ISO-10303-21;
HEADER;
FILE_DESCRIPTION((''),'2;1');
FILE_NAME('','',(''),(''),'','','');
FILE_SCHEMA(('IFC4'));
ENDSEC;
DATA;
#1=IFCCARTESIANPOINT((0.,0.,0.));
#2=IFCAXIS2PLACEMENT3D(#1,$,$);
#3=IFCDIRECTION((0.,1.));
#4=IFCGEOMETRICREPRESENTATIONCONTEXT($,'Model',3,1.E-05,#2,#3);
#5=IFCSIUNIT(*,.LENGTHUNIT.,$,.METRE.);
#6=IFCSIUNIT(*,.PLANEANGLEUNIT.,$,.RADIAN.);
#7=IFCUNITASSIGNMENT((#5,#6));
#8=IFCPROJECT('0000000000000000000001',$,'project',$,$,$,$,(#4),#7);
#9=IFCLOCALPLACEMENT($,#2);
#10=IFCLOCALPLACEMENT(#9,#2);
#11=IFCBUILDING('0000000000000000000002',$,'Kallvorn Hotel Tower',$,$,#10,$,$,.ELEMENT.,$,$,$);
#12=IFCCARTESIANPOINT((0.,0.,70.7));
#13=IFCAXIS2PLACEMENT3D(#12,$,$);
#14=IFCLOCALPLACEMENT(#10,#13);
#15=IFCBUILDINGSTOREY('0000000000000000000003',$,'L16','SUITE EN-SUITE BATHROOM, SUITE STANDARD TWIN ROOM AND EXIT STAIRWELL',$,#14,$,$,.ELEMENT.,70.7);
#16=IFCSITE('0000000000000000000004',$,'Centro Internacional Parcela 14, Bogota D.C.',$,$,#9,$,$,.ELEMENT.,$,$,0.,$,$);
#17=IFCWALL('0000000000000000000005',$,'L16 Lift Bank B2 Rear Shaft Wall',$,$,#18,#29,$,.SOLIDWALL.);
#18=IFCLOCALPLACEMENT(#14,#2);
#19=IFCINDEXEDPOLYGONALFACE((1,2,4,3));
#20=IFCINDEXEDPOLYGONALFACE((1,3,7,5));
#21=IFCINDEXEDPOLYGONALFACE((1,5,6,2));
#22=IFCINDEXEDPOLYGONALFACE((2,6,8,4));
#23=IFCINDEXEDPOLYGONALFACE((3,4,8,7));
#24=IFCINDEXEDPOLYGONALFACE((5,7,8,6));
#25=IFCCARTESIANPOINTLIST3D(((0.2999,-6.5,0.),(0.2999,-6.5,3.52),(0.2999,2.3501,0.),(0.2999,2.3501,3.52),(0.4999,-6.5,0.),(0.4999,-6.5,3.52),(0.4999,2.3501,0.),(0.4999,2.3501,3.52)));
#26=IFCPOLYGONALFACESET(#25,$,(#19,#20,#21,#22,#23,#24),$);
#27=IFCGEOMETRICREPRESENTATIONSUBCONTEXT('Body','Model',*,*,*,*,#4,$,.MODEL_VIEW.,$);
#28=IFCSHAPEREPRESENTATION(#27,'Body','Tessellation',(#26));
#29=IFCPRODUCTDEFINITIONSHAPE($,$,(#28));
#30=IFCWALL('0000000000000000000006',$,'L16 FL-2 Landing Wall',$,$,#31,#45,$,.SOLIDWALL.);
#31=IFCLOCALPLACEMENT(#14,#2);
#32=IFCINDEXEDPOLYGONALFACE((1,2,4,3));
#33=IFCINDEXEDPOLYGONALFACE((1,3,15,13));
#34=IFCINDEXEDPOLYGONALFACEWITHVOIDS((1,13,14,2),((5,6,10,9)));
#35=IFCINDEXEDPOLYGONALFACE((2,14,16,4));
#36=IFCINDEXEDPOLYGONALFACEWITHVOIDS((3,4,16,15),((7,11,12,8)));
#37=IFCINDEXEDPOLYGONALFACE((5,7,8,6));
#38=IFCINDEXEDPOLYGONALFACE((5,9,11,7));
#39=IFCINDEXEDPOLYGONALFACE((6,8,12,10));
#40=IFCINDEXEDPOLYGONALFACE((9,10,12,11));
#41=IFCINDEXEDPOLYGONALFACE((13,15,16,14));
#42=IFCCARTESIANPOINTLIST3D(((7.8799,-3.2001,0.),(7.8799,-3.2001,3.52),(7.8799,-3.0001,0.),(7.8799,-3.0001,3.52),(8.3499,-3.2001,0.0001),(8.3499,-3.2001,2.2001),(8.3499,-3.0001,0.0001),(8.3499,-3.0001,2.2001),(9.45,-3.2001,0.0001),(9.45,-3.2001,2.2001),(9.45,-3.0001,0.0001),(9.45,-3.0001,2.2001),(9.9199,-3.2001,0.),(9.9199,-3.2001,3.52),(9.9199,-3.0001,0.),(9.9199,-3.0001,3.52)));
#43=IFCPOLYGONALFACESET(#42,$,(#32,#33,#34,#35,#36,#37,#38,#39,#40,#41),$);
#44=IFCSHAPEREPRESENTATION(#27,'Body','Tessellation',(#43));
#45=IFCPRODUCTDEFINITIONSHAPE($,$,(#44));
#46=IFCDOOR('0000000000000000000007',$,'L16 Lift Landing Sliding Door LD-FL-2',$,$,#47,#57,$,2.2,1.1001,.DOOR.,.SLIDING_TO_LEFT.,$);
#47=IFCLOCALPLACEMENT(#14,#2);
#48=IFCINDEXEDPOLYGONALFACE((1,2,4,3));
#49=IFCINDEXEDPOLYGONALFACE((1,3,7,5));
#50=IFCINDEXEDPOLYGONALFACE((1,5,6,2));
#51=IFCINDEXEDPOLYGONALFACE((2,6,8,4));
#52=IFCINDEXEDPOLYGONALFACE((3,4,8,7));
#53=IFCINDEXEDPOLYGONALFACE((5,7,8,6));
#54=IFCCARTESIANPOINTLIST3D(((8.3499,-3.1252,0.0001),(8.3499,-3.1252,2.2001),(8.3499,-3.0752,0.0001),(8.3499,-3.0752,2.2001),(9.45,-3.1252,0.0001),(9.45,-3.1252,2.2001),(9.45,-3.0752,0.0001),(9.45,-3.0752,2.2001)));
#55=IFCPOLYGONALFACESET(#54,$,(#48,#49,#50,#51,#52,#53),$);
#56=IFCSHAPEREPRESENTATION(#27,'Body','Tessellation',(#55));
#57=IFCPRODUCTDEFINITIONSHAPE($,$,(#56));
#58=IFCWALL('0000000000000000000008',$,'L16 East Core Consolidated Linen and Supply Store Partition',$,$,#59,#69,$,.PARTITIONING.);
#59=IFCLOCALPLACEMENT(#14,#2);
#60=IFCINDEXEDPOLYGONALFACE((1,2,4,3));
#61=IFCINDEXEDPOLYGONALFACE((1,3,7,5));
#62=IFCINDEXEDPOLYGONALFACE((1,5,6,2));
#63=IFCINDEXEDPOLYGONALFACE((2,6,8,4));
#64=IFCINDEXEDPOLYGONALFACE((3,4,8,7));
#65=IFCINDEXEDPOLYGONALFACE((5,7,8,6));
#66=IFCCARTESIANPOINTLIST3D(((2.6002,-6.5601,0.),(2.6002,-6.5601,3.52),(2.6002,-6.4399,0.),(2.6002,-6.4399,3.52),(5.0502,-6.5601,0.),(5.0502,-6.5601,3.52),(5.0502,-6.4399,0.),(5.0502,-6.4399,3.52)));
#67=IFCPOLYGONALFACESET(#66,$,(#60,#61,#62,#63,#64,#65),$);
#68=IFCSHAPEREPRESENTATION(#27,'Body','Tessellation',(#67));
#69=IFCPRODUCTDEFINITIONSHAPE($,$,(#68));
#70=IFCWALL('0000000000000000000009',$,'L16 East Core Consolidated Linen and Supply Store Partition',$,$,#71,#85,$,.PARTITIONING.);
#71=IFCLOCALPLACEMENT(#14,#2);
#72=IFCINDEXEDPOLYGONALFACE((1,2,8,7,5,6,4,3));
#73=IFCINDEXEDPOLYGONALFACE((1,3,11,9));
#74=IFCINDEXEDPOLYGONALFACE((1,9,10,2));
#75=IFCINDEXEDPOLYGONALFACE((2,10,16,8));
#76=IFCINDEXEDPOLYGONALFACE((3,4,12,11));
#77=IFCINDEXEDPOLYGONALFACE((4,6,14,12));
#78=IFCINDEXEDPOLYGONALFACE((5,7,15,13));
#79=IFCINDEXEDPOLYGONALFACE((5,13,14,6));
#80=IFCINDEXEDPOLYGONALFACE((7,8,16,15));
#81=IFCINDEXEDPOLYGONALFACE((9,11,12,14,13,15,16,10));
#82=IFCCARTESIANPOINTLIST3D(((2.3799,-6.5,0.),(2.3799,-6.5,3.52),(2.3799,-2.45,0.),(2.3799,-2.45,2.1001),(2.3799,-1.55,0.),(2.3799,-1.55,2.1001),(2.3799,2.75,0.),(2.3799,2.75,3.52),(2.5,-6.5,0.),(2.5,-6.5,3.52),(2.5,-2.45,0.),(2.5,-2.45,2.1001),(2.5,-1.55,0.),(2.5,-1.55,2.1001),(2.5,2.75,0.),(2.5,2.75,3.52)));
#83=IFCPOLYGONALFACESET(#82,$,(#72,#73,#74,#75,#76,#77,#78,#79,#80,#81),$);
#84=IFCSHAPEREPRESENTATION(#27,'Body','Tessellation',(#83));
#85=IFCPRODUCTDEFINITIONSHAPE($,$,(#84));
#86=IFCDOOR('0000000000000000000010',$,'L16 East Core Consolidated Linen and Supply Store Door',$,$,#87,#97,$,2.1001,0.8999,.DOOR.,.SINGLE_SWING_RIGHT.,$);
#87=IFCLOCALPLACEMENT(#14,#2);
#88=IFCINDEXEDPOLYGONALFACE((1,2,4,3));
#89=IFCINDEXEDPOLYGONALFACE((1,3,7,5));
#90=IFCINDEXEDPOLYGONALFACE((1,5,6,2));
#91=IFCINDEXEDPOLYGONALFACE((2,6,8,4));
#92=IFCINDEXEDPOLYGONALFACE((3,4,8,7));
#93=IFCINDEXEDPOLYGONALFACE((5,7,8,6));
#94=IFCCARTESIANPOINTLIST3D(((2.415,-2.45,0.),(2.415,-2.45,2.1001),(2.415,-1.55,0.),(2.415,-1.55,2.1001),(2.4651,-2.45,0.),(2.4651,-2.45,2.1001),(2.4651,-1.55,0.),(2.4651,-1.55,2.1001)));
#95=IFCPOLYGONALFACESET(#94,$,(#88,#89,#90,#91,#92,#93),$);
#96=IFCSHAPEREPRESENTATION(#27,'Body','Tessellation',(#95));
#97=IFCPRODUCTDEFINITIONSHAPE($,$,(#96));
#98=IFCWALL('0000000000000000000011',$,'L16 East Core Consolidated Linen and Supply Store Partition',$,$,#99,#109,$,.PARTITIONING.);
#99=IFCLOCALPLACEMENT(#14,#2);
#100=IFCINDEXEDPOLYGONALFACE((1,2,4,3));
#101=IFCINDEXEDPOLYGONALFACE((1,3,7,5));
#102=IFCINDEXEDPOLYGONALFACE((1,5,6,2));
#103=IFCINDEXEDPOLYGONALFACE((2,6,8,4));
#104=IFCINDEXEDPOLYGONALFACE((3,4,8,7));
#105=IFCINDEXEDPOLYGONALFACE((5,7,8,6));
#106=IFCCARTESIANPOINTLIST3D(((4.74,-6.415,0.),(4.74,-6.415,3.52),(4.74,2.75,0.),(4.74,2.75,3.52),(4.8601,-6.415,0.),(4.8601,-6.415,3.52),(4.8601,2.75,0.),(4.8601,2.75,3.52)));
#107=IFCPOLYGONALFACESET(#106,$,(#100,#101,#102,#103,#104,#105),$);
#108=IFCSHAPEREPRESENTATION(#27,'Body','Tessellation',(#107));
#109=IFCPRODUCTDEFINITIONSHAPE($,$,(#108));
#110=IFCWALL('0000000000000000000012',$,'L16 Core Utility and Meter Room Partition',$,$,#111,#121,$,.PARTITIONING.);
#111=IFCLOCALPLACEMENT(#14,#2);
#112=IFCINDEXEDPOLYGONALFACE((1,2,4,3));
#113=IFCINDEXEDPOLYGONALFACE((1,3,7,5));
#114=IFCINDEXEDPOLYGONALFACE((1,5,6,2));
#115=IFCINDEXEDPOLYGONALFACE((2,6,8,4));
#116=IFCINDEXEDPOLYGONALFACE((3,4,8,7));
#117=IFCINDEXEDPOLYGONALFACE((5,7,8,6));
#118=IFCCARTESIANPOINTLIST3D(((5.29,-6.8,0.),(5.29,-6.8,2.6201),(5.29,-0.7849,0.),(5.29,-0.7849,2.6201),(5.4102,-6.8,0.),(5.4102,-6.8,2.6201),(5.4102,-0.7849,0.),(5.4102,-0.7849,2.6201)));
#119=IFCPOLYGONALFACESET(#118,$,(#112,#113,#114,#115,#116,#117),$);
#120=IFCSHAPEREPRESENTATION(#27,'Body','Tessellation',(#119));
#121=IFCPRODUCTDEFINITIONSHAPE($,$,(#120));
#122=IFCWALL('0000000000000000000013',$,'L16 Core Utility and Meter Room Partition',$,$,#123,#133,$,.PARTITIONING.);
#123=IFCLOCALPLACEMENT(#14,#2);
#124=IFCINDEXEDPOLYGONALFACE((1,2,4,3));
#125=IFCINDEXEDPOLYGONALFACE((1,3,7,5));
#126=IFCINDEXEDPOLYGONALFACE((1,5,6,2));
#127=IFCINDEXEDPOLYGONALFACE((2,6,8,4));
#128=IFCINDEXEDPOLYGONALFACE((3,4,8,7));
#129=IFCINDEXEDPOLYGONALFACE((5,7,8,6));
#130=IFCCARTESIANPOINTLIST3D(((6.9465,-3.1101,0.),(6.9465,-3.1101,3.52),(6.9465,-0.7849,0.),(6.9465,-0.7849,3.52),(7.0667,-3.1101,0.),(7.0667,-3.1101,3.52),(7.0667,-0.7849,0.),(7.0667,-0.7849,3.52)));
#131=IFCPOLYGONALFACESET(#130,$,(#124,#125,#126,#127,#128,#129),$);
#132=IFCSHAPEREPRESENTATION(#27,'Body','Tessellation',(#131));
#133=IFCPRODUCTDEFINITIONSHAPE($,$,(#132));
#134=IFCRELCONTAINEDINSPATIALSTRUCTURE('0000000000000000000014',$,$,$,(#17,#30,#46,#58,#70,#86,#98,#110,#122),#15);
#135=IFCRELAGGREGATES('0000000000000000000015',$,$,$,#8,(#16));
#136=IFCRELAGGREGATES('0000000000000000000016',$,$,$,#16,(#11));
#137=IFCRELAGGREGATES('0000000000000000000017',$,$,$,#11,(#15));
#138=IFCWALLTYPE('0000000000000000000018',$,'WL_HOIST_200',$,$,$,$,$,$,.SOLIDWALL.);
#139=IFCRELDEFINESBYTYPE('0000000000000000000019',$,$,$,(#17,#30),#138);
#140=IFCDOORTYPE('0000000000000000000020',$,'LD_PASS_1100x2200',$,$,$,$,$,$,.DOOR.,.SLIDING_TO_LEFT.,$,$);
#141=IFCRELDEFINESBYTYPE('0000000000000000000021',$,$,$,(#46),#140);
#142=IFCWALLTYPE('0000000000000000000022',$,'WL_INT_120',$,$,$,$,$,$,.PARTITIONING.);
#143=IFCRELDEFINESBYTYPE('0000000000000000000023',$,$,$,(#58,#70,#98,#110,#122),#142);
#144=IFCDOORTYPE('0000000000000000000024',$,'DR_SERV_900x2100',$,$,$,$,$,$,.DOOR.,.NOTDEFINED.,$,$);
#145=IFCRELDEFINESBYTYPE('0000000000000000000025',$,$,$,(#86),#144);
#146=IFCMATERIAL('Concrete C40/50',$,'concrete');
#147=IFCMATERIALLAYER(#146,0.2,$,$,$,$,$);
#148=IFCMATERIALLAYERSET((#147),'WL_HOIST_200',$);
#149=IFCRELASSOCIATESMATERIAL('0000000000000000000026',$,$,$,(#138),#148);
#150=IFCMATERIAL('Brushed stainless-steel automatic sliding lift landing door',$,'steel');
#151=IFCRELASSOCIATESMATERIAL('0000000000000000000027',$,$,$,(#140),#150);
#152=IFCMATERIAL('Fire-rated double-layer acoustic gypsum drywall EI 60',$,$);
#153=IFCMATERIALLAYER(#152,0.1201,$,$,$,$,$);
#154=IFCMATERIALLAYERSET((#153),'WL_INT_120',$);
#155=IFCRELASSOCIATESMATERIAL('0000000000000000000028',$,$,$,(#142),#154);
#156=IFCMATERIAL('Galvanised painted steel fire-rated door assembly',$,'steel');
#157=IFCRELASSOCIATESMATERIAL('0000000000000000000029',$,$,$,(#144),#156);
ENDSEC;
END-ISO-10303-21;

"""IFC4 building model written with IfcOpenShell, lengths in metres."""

from ifc_helpers import new_model, si_unit, direction, frame, frame_2d, origin, place, context, subcontext, project, spatial, rectangle, extrude, material, layer, layer_set, type_object, element, fill, save


model = new_model("IFC4")

# Units and contexts
model_context = context("Model", 3, precision=1e-05, world=origin(), true_north=direction((0.0, 1.0)))
body_context = subcontext(model_context, "Body", "Model", "MODEL_VIEW")
ifc_project = project(units=[si_unit("LENGTHUNIT", "METRE"), si_unit("PLANEANGLEUNIT", "RADIAN")], contexts=[model_context])

# Site, building, storey
site_placement = place(None, origin())
site = spatial("IfcSite", under=ifc_project, at=site_placement, Name="Centro Internacional Parcela 14, Bogota D.C.", CompositionType="ELEMENT", RefElevation=0.0)
building_placement = place(site_placement, origin())
building = spatial("IfcBuilding", under=site, at=building_placement, Name="Kallvorn Hotel Tower", CompositionType="ELEMENT")
storey_placement = place(building_placement, frame((0.0, 0.0, 70.7)))
storey = spatial("IfcBuildingStorey", under=building, at=storey_placement, Name="L16", Description="SUITE EN-SUITE BATHROOM, SUITE STANDARD TWIN ROOM AND EXIT STAIRWELL", CompositionType="ELEMENT", Elevation=70.7)

# Wall
ifc_material_1 = material(Name="Concrete C40/50", Category="concrete")
ifc_layer_1 = layer(ifc_material_1, 0.2)
ifc_layer_set_1 = layer_set([ifc_layer_1], Name="WL_HOIST_200")
wall_type_1 = type_object("IfcWallType", Name="WL_HOIST_200", PredefinedType="SOLIDWALL", material=ifc_layer_set_1)
wall_1_placement = place(storey_placement, frame((0.3999, -6.5, 0.0), z_axis=(0.0, 0.0, 1.0), x_axis=(0.0, 1.0, 0.0)))
element("IfcWall", 1, at=wall_1_placement, inside=storey, type_object=wall_type_1, Name="L16 Lift Bank B2 Rear Shaft Wall", PredefinedType="SOLIDWALL", context=body_context, shape_type="SweptSolid", body=[
    extrude(rectangle(XDim=8.8501, YDim=0.2, at=frame_2d((4.425, 0.0))), origin(), (0.0, 0.0, 1.0), 3.52),
])

# Wall, opening, door
wall_2_placement = place(storey_placement, frame((7.8799, -3.1001, 0.0), z_axis=(0.0, 0.0, 1.0), x_axis=(1.0, 0.0, 0.0)))
wall_2 = element("IfcWall", 2, at=wall_2_placement, inside=storey, type_object=wall_type_1, Name="L16 FL-2 Landing Wall", PredefinedType="SOLIDWALL", context=body_context, shape_type="SweptSolid", body=[
    extrude(rectangle(XDim=2.04, YDim=0.2, at=frame_2d((1.02, 0.0))), origin(), (0.0, 0.0, 1.0), 3.52),
])
opening_1_placement = place(wall_2_placement, frame((0.47, 0.0, 0.0)))
opening_1 = element("IfcOpeningElement", 3, at=opening_1_placement, cuts=wall_2, PredefinedType="OPENING", context=body_context, shape_type="SweptSolid", body=[
    extrude(rectangle(XDim=1.1001, YDim=2.2, at=frame_2d((0.55, 1.1001))), frame((0.0, 0.115, 0.0), z_axis=(0.0, -1.0, 0.0), x_axis=(1.0, 0.0, 0.0)), (0.0, 0.0, 1.0), 0.23),
])
ifc_material_2 = material(Name="Brushed stainless-steel automatic sliding lift landing door", Category="steel")
door_type_1 = type_object("IfcDoorType", Name="LD_PASS_1100x2200", OperationType="SLIDING_TO_LEFT", PredefinedType="DOOR", material=ifc_material_2)
door_1_placement = place(opening_1_placement, origin())
door_1 = element("IfcDoor", 4, at=door_1_placement, inside=storey, type_object=door_type_1, Name="L16 Lift Landing Sliding Door LD-FL-2", OperationType="SLIDING_TO_LEFT", OverallHeight=2.2, OverallWidth=1.1001, PredefinedType="DOOR", context=body_context, shape_type="SweptSolid", body=[
    extrude(rectangle(XDim=1.1001, YDim=2.2, at=frame_2d((0.55, 1.1001))), frame((0.0, 0.0249, 0.0), z_axis=(0.0, -1.0, 0.0), x_axis=(1.0, 0.0, 0.0)), (0.0, 0.0, 1.0), 0.05),
])
fill(opening_1, door_1)

# Wall
ifc_material_3 = material(Name="Fire-rated double-layer acoustic gypsum drywall EI 60")
ifc_layer_2 = layer(ifc_material_3, 0.1201)
ifc_layer_set_2 = layer_set([ifc_layer_2], Name="WL_INT_120")
wall_type_2 = type_object("IfcWallType", Name="WL_INT_120", PredefinedType="PARTITIONING", material=ifc_layer_set_2)
wall_3_placement = place(storey_placement, frame((2.6001, -6.5, 0.0), z_axis=(0.0, 0.0, 1.0), x_axis=(1.0, 0.0, 0.0)))
element("IfcWall", 5, at=wall_3_placement, inside=storey, type_object=wall_type_2, Name="L16 East Core Consolidated Linen and Supply Store Partition", PredefinedType="PARTITIONING", context=body_context, shape_type="SweptSolid", body=[
    extrude(rectangle(XDim=2.45, YDim=0.1201, at=frame_2d((1.2251, 0.0))), origin(), (0.0, 0.0, 1.0), 3.52),
])

# Wall, opening, door
wall_4_placement = place(storey_placement, frame((2.4399, -6.5, 0.0), z_axis=(0.0, 0.0, 1.0), x_axis=(0.0, 1.0, 0.0)))
wall_4 = element("IfcWall", 6, at=wall_4_placement, inside=storey, type_object=wall_type_2, Name="L16 East Core Consolidated Linen and Supply Store Partition", PredefinedType="PARTITIONING", context=body_context, shape_type="SweptSolid", body=[
    extrude(rectangle(XDim=9.25, YDim=0.1201, at=frame_2d((4.625, 0.0))), origin(), (0.0, 0.0, 1.0), 3.52),
])
opening_2_placement = place(wall_4_placement, frame((4.05, 0.0, 0.0)))
opening_2 = element("IfcOpeningElement", 7, at=opening_2_placement, cuts=wall_4, PredefinedType="OPENING", context=body_context, shape_type="SweptSolid", body=[
    extrude(rectangle(XDim=0.8999, YDim=2.1001, at=frame_2d((0.45, 1.05))), frame((0.0, 0.075, 0.0), z_axis=(0.0, -1.0, 0.0), x_axis=(1.0, 0.0, 0.0)), (0.0, 0.0, 1.0), 0.1501),
])
ifc_material_4 = material(Name="Galvanised painted steel fire-rated door assembly", Category="steel")
door_type_2 = type_object("IfcDoorType", Name="DR_SERV_900x2100", OperationType="NOTDEFINED", PredefinedType="DOOR", material=ifc_material_4)
door_2_placement = place(opening_2_placement, origin())
door_2 = element("IfcDoor", 8, at=door_2_placement, inside=storey, type_object=door_type_2, Name="L16 East Core Consolidated Linen and Supply Store Door", OperationType="SINGLE_SWING_RIGHT", OverallHeight=2.1001, OverallWidth=0.8999, PredefinedType="DOOR", context=body_context, shape_type="SweptSolid", body=[
    extrude(rectangle(XDim=0.8999, YDim=2.1001, at=frame_2d((0.45, 1.05))), frame((0.0, 0.0249, 0.0), z_axis=(0.0, -1.0, 0.0), x_axis=(1.0, 0.0, 0.0)), (0.0, 0.0, 1.0), 0.05),
])
fill(opening_2, door_2)

# Walls
wall_5_placement = place(storey_placement, frame((4.8, -6.415, 0.0), z_axis=(0.0, 0.0, 1.0), x_axis=(0.0, 1.0, 0.0)))
element("IfcWall", 9, at=wall_5_placement, inside=storey, type_object=wall_type_2, Name="L16 East Core Consolidated Linen and Supply Store Partition", PredefinedType="PARTITIONING", context=body_context, shape_type="SweptSolid", body=[
    extrude(rectangle(XDim=9.165, YDim=0.1201, at=frame_2d((4.5825, 0.0))), origin(), (0.0, 0.0, 1.0), 3.52),
])
wall_6_placement = place(storey_placement, frame((5.3501, -6.8, 0.0), z_axis=(0.0, 0.0, 1.0), x_axis=(0.0, 1.0, 0.0)))
element("IfcWall", 10, at=wall_6_placement, inside=storey, type_object=wall_type_2, Name="L16 Core Utility and Meter Room Partition", PredefinedType="PARTITIONING", context=body_context, shape_type="SweptSolid", body=[
    extrude(rectangle(XDim=6.0151, YDim=0.1201, at=frame_2d((3.0076, 0.0))), origin(), (0.0, 0.0, 1.0), 2.6201),
])
wall_7_placement = place(storey_placement, frame((7.0066, -3.1101, 0.0), z_axis=(0.0, 0.0, 1.0), x_axis=(0.0, 1.0, 0.0)))
element("IfcWall", 11, at=wall_7_placement, inside=storey, type_object=wall_type_2, Name="L16 Core Utility and Meter Room Partition", PredefinedType="PARTITIONING", context=body_context, shape_type="SweptSolid", body=[
    extrude(rectangle(XDim=2.3252, YDim=0.1201, at=frame_2d((1.1626, 0.0))), origin(), (0.0, 0.0, 1.0), 3.52),
])

save(model, "model.ifc")
